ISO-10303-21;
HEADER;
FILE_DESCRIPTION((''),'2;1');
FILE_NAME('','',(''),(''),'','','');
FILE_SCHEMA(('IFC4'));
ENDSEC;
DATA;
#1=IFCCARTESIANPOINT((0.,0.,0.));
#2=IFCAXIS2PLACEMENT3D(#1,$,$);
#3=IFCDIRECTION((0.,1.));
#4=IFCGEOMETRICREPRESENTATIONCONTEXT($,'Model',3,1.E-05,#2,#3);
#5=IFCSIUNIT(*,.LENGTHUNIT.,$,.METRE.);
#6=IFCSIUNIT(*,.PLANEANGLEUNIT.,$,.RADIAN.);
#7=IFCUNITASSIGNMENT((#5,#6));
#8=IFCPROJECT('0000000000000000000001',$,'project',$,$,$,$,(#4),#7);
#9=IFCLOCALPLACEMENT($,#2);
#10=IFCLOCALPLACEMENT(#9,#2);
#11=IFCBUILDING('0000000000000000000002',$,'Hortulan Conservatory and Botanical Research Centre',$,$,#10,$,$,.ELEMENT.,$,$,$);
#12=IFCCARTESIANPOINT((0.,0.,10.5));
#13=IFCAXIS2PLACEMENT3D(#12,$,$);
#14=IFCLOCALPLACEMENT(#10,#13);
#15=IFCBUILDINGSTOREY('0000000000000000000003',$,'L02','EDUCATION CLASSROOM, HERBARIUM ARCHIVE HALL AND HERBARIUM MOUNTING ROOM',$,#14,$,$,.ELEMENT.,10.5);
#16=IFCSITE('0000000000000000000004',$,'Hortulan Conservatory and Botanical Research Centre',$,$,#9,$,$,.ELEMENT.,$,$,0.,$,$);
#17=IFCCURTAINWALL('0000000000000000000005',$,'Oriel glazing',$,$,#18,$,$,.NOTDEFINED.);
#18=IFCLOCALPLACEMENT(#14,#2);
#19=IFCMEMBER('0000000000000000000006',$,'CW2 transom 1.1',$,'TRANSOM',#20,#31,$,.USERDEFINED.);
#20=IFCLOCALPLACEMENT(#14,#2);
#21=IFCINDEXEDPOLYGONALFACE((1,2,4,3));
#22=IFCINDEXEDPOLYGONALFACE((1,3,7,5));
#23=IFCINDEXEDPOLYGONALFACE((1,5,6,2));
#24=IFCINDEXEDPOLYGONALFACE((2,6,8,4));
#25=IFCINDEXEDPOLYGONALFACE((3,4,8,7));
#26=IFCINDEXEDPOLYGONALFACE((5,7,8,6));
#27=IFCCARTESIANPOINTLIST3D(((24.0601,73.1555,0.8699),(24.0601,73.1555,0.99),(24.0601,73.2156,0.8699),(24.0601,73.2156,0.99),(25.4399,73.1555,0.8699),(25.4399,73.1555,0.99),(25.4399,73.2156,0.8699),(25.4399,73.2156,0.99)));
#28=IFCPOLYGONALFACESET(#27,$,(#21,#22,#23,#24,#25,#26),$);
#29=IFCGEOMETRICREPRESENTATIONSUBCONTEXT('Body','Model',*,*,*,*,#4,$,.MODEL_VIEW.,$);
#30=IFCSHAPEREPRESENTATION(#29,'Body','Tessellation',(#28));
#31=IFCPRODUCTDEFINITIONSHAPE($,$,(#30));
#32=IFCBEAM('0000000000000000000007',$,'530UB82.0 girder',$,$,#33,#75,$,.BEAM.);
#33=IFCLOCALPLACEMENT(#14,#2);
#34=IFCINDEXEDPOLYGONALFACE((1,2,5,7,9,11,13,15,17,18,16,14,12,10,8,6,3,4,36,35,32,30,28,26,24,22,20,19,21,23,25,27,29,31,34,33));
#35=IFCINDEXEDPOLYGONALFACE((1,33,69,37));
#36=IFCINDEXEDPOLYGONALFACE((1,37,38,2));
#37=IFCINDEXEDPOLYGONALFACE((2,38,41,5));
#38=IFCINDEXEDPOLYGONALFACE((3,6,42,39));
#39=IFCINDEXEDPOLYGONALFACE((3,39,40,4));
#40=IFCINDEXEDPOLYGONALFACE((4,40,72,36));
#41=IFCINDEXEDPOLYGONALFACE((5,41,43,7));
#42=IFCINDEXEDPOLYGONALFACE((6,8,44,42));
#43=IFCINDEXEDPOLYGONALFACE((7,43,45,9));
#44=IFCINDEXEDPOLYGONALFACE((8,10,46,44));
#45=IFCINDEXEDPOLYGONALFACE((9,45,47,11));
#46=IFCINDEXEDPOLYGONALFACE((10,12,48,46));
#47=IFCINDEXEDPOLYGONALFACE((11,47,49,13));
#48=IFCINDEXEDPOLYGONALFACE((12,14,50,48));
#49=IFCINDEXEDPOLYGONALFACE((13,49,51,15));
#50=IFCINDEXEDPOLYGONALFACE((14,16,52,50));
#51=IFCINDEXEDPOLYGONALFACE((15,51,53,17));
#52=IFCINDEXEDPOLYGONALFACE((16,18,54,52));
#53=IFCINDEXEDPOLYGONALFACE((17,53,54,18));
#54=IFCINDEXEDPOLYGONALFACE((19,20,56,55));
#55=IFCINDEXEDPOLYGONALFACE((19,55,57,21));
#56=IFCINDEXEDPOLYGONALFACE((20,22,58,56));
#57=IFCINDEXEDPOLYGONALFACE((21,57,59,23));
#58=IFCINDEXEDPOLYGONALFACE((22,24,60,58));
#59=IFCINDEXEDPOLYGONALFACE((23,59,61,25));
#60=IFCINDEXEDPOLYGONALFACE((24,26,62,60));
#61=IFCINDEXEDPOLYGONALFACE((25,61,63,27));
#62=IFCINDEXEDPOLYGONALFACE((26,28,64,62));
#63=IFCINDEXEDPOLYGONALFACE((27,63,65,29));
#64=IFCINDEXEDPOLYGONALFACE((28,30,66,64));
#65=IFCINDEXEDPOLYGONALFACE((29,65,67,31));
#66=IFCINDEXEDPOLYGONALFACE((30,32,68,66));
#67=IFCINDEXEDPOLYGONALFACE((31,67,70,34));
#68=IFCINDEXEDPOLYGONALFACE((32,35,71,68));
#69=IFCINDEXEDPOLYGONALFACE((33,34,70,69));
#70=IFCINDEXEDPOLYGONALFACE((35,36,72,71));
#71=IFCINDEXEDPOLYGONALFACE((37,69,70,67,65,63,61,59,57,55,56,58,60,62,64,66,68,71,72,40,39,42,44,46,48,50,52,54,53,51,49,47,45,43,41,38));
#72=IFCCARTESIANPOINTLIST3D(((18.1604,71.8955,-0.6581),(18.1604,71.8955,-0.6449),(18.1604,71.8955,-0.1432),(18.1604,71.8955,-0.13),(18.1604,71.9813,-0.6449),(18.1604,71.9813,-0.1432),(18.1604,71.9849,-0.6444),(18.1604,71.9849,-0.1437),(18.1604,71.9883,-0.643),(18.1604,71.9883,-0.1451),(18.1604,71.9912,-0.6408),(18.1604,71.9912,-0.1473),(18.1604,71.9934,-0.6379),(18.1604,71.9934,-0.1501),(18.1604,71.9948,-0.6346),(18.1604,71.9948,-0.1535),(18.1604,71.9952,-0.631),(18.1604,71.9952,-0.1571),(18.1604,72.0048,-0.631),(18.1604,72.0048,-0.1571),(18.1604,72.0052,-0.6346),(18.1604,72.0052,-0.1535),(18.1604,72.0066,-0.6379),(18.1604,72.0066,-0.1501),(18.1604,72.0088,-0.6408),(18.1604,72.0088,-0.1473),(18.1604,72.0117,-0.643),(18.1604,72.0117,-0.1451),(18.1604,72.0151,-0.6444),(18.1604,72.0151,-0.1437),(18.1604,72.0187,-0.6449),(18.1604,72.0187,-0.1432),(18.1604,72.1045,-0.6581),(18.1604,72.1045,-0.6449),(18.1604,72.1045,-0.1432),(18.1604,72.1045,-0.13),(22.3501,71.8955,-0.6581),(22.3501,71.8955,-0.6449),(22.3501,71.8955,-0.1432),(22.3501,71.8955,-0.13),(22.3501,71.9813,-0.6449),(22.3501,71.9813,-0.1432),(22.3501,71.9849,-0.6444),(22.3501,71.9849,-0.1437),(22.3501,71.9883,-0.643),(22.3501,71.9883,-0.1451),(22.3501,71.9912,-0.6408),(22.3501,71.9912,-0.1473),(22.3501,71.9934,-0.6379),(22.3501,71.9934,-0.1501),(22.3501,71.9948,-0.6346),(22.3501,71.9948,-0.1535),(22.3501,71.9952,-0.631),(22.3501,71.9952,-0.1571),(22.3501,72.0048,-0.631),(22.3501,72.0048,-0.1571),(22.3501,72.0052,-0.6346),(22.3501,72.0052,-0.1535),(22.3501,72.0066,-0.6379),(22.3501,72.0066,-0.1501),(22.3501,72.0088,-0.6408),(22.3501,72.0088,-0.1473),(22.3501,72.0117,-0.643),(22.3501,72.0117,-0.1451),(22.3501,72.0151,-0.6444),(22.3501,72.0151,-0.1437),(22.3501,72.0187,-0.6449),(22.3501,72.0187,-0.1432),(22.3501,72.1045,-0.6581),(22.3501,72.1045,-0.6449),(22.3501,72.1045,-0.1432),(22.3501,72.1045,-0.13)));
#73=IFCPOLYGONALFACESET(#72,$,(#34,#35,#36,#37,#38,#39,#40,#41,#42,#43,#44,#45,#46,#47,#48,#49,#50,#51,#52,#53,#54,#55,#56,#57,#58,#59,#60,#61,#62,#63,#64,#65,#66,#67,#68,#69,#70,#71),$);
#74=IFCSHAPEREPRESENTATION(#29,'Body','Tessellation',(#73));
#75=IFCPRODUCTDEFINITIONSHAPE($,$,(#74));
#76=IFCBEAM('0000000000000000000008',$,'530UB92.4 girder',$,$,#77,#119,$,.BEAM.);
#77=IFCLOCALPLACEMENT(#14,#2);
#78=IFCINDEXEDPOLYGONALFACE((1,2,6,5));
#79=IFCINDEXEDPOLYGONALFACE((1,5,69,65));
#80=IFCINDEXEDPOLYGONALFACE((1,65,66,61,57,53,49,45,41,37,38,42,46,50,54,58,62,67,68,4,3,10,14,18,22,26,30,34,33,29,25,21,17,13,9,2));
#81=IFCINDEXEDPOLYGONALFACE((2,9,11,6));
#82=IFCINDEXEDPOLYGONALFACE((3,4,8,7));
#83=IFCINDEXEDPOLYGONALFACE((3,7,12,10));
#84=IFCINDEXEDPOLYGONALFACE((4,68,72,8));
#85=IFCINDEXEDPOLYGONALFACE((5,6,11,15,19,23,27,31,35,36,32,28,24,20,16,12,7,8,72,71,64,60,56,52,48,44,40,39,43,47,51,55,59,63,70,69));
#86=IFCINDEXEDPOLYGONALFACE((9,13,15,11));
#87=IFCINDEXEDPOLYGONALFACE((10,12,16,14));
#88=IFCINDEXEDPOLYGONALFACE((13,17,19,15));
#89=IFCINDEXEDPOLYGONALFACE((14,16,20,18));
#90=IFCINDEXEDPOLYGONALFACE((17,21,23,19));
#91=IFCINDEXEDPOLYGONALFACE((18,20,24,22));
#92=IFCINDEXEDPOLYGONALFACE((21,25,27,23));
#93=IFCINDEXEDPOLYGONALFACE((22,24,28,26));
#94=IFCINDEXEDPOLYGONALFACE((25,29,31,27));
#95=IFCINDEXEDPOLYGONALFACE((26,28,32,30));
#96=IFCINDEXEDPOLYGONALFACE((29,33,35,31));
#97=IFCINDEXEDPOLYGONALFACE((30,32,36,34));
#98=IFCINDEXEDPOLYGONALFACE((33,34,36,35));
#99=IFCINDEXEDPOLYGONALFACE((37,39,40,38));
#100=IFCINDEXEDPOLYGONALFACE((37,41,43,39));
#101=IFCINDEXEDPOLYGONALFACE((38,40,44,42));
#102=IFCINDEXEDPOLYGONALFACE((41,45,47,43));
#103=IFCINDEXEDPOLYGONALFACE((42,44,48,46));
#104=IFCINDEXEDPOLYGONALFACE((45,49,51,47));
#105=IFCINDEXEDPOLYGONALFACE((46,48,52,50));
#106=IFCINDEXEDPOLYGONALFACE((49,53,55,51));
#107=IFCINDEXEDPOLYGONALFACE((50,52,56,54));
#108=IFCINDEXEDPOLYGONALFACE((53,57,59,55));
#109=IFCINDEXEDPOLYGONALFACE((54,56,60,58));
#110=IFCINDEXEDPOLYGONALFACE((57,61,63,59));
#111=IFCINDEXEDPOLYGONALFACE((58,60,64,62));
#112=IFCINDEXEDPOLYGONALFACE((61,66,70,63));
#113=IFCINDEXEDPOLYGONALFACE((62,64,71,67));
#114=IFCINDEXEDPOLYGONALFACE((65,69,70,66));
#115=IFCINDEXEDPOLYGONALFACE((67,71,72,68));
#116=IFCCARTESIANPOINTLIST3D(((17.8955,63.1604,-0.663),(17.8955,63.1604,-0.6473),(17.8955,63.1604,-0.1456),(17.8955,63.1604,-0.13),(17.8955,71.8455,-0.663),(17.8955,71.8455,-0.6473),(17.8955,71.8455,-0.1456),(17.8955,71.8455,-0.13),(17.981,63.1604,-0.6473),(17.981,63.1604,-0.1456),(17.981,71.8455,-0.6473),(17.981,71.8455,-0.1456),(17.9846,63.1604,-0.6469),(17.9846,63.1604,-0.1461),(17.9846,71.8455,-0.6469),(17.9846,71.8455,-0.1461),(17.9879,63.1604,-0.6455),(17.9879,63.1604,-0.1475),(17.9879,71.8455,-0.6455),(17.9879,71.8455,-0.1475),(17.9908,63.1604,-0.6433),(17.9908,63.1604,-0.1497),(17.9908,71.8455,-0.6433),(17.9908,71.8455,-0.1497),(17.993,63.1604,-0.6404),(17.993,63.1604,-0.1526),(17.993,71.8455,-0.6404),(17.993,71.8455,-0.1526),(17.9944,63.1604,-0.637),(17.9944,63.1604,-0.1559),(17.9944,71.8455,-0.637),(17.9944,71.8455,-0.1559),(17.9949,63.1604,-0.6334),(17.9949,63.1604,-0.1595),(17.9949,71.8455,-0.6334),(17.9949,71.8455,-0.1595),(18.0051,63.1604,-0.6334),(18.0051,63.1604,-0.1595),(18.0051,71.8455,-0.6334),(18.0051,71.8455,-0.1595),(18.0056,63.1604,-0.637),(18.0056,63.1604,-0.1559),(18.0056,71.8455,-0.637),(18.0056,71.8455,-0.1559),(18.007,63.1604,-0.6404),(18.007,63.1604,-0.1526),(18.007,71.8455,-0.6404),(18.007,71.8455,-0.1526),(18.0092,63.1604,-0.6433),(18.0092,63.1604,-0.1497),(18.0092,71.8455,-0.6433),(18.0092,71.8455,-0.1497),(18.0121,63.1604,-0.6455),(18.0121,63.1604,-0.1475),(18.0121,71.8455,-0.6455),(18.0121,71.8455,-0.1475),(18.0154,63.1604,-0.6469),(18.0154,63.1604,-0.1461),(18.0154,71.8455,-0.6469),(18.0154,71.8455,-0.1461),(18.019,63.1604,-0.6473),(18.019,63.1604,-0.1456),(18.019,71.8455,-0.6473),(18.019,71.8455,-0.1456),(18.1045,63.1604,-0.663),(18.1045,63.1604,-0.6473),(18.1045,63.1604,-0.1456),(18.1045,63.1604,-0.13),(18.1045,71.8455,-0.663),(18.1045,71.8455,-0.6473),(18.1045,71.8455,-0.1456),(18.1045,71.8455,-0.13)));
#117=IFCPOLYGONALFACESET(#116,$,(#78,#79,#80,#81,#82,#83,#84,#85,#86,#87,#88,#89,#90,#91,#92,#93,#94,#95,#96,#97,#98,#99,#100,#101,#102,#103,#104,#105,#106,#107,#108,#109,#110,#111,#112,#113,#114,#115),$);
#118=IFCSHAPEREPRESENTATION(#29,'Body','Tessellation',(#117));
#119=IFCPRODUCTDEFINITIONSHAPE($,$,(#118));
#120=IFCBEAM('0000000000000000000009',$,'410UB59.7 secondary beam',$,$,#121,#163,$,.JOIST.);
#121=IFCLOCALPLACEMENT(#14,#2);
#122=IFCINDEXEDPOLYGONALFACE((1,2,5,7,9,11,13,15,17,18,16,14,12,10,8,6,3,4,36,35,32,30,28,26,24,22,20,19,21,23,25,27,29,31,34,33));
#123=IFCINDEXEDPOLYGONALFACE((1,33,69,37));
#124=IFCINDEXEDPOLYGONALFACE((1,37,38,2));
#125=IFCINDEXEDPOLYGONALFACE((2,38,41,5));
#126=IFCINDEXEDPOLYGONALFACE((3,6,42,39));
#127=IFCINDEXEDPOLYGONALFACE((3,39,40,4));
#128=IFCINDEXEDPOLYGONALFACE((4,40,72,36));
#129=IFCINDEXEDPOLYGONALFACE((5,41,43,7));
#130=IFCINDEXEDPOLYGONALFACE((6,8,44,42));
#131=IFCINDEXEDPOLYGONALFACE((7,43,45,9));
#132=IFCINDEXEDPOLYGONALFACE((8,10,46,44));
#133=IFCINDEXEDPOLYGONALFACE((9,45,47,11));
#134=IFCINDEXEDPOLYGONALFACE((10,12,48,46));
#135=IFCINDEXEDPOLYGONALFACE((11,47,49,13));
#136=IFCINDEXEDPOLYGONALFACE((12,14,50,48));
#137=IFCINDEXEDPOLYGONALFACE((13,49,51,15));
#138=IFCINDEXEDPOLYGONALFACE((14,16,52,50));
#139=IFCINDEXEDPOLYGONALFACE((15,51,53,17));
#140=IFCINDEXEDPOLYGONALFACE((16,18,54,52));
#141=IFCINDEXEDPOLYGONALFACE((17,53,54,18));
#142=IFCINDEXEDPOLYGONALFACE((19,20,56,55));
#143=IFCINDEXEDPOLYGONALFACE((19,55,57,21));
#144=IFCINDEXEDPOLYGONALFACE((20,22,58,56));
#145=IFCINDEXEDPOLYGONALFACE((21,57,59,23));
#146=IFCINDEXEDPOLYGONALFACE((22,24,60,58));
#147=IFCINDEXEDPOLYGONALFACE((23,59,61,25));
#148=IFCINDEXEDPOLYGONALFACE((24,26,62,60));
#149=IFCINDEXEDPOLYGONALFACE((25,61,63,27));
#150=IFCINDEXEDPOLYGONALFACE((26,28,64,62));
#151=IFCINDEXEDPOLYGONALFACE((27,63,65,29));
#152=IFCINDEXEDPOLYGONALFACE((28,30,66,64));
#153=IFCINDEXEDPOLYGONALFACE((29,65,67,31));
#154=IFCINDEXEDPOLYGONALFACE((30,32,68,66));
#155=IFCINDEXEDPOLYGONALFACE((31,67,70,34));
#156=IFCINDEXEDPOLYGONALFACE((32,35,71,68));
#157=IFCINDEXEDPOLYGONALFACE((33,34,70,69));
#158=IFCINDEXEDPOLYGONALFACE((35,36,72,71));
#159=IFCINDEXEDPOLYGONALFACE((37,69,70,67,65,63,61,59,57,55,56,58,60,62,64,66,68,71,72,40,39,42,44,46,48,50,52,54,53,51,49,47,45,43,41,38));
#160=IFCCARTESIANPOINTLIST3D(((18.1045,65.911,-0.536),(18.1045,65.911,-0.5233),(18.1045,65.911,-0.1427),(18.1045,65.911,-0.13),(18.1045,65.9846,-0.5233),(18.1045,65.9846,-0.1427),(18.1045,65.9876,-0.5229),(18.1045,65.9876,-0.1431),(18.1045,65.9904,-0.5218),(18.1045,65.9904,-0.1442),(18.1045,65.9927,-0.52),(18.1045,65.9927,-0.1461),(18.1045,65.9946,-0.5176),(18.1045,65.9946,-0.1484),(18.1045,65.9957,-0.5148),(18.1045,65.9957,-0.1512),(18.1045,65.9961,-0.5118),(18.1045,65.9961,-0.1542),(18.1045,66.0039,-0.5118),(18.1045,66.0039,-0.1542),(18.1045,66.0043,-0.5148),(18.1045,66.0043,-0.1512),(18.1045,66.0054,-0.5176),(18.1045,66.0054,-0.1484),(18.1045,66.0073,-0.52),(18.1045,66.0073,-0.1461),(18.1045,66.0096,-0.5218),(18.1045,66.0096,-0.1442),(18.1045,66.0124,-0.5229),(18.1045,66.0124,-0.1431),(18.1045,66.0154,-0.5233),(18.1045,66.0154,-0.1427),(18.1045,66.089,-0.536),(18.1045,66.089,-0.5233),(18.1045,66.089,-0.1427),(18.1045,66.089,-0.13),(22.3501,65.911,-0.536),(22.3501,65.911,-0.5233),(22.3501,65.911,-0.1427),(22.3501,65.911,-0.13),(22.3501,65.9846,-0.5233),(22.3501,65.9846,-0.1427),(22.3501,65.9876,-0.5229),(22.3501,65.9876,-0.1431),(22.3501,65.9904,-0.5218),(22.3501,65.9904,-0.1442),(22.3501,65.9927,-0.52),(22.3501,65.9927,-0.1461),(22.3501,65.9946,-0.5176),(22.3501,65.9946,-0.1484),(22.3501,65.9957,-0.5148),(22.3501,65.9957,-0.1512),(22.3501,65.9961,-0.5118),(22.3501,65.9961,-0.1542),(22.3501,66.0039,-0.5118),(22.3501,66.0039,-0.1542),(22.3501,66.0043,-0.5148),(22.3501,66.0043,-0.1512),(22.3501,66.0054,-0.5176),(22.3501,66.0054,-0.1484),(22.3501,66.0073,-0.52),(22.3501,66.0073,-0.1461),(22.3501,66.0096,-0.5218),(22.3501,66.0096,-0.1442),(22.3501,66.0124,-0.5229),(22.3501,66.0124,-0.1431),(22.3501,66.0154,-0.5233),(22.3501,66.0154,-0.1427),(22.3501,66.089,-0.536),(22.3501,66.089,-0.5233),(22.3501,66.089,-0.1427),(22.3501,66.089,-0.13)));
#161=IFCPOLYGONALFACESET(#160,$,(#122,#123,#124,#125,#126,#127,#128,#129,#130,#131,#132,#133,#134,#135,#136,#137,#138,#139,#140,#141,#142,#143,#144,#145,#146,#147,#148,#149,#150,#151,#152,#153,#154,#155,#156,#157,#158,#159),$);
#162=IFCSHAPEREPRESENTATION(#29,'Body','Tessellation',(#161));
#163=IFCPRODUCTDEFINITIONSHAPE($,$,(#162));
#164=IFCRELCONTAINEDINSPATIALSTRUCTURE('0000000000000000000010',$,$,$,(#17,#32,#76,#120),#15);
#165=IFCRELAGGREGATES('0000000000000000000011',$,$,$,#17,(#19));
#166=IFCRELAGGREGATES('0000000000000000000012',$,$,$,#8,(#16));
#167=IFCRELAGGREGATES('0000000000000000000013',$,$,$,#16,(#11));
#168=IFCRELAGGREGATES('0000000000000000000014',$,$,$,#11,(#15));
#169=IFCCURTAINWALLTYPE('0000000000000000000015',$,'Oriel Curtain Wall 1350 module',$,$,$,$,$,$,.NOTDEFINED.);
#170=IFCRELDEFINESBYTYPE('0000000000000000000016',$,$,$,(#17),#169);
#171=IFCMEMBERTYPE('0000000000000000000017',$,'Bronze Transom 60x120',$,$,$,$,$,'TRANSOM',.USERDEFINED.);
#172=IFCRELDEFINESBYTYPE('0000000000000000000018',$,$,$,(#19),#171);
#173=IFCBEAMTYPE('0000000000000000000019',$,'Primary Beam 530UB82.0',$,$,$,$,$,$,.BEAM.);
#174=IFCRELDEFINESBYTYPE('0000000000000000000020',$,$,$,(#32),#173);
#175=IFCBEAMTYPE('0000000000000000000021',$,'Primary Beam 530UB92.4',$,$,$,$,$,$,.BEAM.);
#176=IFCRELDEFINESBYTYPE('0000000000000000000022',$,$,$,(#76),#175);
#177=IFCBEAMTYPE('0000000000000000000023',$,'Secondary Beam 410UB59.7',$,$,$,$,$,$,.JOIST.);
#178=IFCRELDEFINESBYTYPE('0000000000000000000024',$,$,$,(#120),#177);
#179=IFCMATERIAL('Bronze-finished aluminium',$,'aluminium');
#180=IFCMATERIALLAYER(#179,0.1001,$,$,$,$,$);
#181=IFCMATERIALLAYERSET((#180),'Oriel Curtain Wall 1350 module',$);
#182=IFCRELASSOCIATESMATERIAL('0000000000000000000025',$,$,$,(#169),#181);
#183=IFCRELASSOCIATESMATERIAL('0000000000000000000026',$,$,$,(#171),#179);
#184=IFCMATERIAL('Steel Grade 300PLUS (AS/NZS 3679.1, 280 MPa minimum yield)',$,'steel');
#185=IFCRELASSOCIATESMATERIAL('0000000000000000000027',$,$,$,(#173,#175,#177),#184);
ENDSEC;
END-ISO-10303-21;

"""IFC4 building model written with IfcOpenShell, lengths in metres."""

from ifc_helpers import new_model, si_unit, direction, frame, origin, origin_2d, place, context, subcontext, project, spatial, rectangle, i_section, extrude, material, layer, layer_set, material_profile, profile_set, type_object, element, aggregate, save


model = new_model("IFC4")

# Units and contexts
model_context = context("Model", 3, precision=1e-05, world=origin(), true_north=direction((0.0, 1.0)))
body_context = subcontext(model_context, "Body", "Model", "MODEL_VIEW")
ifc_project = project(units=[si_unit("LENGTHUNIT", "METRE"), si_unit("PLANEANGLEUNIT", "RADIAN")], contexts=[model_context])

# Site, building, storey
site_placement = place(None, origin())
site = spatial("IfcSite", under=ifc_project, at=site_placement, Name="Hortulan Conservatory and Botanical Research Centre", CompositionType="ELEMENT", RefElevation=0.0)
building_placement = place(site_placement, origin())
building = spatial("IfcBuilding", under=site, at=building_placement, Name="Hortulan Conservatory and Botanical Research Centre", CompositionType="ELEMENT")
storey_placement = place(building_placement, frame((0.0, 0.0, 10.5)))
storey = spatial("IfcBuildingStorey", under=building, at=storey_placement, Name="L02", Description="EDUCATION CLASSROOM, HERBARIUM ARCHIVE HALL AND HERBARIUM MOUNTING ROOM", CompositionType="ELEMENT", Elevation=10.5)

# Shared definitions
ifc_material_1 = material(Name="Steel Grade 300PLUS (AS/NZS 3679.1, 280 MPa minimum yield)", Category="steel")

# Shared definitions
ifc_material_2 = material(Name="Bronze-finished aluminium", Category="aluminium")
ifc_layer_1 = layer(ifc_material_2, 0.1001)
ifc_layer_set_1 = layer_set([ifc_layer_1], Name="Oriel Curtain Wall 1350 module")
curtain_wall_type = type_object("IfcCurtainWallType", Name="Oriel Curtain Wall 1350 module", PredefinedType="NOTDEFINED", material=ifc_layer_set_1)

# Curtain wall
curtain_wall_1_placement = place(storey_placement, origin())
curtain_wall_1 = element("IfcCurtainWall", 1, at=curtain_wall_1_placement, inside=storey, type_object=curtain_wall_type, Name="Oriel glazing", PredefinedType="NOTDEFINED")

# Member
ifc_material_profile_1 = material_profile(ifc_material_2, rectangle(XDim=0.0601, YDim=0.1201, at=origin_2d()), Name="Bronze Transom 60x120")
ifc_profile_set_1 = profile_set([ifc_material_profile_1], Name="Bronze-finished aluminium")
member_type_1 = type_object("IfcMemberType", Name="Bronze Transom 60x120", ElementType="TRANSOM", PredefinedType="USERDEFINED", material=ifc_profile_set_1)
member_1_placement = place(storey_placement, frame((24.0601, 73.1855, 0.9299), z_axis=(1.0, 0.0, 0.0), x_axis=(0.0, 1.0, 0.0)))
member_1 = element("IfcMember", 2, at=member_1_placement, type_object=member_type_1, Name="CW2 transom 1.1", ObjectType="TRANSOM", PredefinedType="USERDEFINED", context=body_context, shape_type="SweptSolid", body=[
    extrude(rectangle(XDim=0.0601, YDim=0.1201, at=origin_2d()), origin(), (0.0, 0.0, 1.0), 1.3799),
])
aggregate(curtain_wall_1, [member_1])

# Beams
ifc_material_profile_2 = material_profile(ifc_material_1, i_section(OverallWidth=0.209, OverallDepth=0.5281, WebThickness=0.0095, FlangeThickness=0.0132, FilletRadius=0.0139, at=origin_2d()), Name="530UB82.0")
ifc_profile_set_2 = profile_set([ifc_material_profile_2], Name="Steel Grade 300PLUS (AS/NZS 3679.1, 280 MPa minimum yield)")
beam_type_1 = type_object("IfcBeamType", Name="Primary Beam 530UB82.0", PredefinedType="BEAM", material=ifc_profile_set_2)
beam_1_placement = place(storey_placement, frame((18.1604, 72.0, -0.394), z_axis=(1.0, 0.0, 0.0), x_axis=(0.0, 1.0, 0.0)))
element("IfcBeam", 3, at=beam_1_placement, inside=storey, type_object=beam_type_1, Name="530UB82.0 girder", PredefinedType="BEAM", context=body_context, shape_type="SweptSolid", body=[
    extrude(i_section(OverallWidth=0.209, OverallDepth=0.5281, WebThickness=0.0095, FlangeThickness=0.0132, FilletRadius=0.0139, at=origin_2d()), origin(), (0.0, 0.0, 1.0), 4.1897),
])
ifc_material_profile_3 = material_profile(ifc_material_1, i_section(OverallWidth=0.209, OverallDepth=0.533, WebThickness=0.0103, FlangeThickness=0.0156, FilletRadius=0.0139, at=origin_2d()), Name="530UB92.4")
ifc_profile_set_3 = profile_set([ifc_material_profile_3], Name="Steel Grade 300PLUS (AS/NZS 3679.1, 280 MPa minimum yield)")
beam_type_2 = type_object("IfcBeamType", Name="Primary Beam 530UB92.4", PredefinedType="BEAM", material=ifc_profile_set_3)
beam_2_placement = place(storey_placement, frame((18.0, 63.1604, -0.3965), z_axis=(0.0, 1.0, 0.0), x_axis=(-1.0, 0.0, 0.0)))
element("IfcBeam", 4, at=beam_2_placement, inside=storey, type_object=beam_type_2, Name="530UB92.4 girder", PredefinedType="BEAM", context=body_context, shape_type="SweptSolid", body=[
    extrude(i_section(OverallWidth=0.209, OverallDepth=0.533, WebThickness=0.0103, FlangeThickness=0.0156, FilletRadius=0.0139, at=origin_2d()), origin(), (0.0, 0.0, 1.0), 8.6851),
])
ifc_material_profile_4 = material_profile(ifc_material_1, i_section(OverallWidth=0.178, OverallDepth=0.406, WebThickness=0.0078, FlangeThickness=0.0127, FilletRadius=0.0115, at=origin_2d()), Name="410UB59.7")
ifc_profile_set_4 = profile_set([ifc_material_profile_4], Name="Steel Grade 300PLUS (AS/NZS 3679.1, 280 MPa minimum yield)")
beam_type_3 = type_object("IfcBeamType", Name="Secondary Beam 410UB59.7", PredefinedType="JOIST", material=ifc_profile_set_4)
for number, where, z_axis, x_axis, name in (
    (5, (18.1045, 66.0, -0.333), (1.0, 0.0, 0.0), (0.0, 1.0, 0.0), "410UB59.7 secondary beam"),
):
    element("IfcBeam", number, at=place(storey_placement, frame(where, z_axis=z_axis, x_axis=x_axis)), inside=storey, type_object=beam_type_3, Name=name, PredefinedType="JOIST", context=body_context, shape_type="SweptSolid", body=[
        extrude(i_section(OverallWidth=0.178, OverallDepth=0.406, WebThickness=0.0078, FlangeThickness=0.0127, FilletRadius=0.0115, at=origin_2d()), origin(), (0.0, 0.0, 1.0), 4.2456),
    ])

save(model, "model.ifc")
